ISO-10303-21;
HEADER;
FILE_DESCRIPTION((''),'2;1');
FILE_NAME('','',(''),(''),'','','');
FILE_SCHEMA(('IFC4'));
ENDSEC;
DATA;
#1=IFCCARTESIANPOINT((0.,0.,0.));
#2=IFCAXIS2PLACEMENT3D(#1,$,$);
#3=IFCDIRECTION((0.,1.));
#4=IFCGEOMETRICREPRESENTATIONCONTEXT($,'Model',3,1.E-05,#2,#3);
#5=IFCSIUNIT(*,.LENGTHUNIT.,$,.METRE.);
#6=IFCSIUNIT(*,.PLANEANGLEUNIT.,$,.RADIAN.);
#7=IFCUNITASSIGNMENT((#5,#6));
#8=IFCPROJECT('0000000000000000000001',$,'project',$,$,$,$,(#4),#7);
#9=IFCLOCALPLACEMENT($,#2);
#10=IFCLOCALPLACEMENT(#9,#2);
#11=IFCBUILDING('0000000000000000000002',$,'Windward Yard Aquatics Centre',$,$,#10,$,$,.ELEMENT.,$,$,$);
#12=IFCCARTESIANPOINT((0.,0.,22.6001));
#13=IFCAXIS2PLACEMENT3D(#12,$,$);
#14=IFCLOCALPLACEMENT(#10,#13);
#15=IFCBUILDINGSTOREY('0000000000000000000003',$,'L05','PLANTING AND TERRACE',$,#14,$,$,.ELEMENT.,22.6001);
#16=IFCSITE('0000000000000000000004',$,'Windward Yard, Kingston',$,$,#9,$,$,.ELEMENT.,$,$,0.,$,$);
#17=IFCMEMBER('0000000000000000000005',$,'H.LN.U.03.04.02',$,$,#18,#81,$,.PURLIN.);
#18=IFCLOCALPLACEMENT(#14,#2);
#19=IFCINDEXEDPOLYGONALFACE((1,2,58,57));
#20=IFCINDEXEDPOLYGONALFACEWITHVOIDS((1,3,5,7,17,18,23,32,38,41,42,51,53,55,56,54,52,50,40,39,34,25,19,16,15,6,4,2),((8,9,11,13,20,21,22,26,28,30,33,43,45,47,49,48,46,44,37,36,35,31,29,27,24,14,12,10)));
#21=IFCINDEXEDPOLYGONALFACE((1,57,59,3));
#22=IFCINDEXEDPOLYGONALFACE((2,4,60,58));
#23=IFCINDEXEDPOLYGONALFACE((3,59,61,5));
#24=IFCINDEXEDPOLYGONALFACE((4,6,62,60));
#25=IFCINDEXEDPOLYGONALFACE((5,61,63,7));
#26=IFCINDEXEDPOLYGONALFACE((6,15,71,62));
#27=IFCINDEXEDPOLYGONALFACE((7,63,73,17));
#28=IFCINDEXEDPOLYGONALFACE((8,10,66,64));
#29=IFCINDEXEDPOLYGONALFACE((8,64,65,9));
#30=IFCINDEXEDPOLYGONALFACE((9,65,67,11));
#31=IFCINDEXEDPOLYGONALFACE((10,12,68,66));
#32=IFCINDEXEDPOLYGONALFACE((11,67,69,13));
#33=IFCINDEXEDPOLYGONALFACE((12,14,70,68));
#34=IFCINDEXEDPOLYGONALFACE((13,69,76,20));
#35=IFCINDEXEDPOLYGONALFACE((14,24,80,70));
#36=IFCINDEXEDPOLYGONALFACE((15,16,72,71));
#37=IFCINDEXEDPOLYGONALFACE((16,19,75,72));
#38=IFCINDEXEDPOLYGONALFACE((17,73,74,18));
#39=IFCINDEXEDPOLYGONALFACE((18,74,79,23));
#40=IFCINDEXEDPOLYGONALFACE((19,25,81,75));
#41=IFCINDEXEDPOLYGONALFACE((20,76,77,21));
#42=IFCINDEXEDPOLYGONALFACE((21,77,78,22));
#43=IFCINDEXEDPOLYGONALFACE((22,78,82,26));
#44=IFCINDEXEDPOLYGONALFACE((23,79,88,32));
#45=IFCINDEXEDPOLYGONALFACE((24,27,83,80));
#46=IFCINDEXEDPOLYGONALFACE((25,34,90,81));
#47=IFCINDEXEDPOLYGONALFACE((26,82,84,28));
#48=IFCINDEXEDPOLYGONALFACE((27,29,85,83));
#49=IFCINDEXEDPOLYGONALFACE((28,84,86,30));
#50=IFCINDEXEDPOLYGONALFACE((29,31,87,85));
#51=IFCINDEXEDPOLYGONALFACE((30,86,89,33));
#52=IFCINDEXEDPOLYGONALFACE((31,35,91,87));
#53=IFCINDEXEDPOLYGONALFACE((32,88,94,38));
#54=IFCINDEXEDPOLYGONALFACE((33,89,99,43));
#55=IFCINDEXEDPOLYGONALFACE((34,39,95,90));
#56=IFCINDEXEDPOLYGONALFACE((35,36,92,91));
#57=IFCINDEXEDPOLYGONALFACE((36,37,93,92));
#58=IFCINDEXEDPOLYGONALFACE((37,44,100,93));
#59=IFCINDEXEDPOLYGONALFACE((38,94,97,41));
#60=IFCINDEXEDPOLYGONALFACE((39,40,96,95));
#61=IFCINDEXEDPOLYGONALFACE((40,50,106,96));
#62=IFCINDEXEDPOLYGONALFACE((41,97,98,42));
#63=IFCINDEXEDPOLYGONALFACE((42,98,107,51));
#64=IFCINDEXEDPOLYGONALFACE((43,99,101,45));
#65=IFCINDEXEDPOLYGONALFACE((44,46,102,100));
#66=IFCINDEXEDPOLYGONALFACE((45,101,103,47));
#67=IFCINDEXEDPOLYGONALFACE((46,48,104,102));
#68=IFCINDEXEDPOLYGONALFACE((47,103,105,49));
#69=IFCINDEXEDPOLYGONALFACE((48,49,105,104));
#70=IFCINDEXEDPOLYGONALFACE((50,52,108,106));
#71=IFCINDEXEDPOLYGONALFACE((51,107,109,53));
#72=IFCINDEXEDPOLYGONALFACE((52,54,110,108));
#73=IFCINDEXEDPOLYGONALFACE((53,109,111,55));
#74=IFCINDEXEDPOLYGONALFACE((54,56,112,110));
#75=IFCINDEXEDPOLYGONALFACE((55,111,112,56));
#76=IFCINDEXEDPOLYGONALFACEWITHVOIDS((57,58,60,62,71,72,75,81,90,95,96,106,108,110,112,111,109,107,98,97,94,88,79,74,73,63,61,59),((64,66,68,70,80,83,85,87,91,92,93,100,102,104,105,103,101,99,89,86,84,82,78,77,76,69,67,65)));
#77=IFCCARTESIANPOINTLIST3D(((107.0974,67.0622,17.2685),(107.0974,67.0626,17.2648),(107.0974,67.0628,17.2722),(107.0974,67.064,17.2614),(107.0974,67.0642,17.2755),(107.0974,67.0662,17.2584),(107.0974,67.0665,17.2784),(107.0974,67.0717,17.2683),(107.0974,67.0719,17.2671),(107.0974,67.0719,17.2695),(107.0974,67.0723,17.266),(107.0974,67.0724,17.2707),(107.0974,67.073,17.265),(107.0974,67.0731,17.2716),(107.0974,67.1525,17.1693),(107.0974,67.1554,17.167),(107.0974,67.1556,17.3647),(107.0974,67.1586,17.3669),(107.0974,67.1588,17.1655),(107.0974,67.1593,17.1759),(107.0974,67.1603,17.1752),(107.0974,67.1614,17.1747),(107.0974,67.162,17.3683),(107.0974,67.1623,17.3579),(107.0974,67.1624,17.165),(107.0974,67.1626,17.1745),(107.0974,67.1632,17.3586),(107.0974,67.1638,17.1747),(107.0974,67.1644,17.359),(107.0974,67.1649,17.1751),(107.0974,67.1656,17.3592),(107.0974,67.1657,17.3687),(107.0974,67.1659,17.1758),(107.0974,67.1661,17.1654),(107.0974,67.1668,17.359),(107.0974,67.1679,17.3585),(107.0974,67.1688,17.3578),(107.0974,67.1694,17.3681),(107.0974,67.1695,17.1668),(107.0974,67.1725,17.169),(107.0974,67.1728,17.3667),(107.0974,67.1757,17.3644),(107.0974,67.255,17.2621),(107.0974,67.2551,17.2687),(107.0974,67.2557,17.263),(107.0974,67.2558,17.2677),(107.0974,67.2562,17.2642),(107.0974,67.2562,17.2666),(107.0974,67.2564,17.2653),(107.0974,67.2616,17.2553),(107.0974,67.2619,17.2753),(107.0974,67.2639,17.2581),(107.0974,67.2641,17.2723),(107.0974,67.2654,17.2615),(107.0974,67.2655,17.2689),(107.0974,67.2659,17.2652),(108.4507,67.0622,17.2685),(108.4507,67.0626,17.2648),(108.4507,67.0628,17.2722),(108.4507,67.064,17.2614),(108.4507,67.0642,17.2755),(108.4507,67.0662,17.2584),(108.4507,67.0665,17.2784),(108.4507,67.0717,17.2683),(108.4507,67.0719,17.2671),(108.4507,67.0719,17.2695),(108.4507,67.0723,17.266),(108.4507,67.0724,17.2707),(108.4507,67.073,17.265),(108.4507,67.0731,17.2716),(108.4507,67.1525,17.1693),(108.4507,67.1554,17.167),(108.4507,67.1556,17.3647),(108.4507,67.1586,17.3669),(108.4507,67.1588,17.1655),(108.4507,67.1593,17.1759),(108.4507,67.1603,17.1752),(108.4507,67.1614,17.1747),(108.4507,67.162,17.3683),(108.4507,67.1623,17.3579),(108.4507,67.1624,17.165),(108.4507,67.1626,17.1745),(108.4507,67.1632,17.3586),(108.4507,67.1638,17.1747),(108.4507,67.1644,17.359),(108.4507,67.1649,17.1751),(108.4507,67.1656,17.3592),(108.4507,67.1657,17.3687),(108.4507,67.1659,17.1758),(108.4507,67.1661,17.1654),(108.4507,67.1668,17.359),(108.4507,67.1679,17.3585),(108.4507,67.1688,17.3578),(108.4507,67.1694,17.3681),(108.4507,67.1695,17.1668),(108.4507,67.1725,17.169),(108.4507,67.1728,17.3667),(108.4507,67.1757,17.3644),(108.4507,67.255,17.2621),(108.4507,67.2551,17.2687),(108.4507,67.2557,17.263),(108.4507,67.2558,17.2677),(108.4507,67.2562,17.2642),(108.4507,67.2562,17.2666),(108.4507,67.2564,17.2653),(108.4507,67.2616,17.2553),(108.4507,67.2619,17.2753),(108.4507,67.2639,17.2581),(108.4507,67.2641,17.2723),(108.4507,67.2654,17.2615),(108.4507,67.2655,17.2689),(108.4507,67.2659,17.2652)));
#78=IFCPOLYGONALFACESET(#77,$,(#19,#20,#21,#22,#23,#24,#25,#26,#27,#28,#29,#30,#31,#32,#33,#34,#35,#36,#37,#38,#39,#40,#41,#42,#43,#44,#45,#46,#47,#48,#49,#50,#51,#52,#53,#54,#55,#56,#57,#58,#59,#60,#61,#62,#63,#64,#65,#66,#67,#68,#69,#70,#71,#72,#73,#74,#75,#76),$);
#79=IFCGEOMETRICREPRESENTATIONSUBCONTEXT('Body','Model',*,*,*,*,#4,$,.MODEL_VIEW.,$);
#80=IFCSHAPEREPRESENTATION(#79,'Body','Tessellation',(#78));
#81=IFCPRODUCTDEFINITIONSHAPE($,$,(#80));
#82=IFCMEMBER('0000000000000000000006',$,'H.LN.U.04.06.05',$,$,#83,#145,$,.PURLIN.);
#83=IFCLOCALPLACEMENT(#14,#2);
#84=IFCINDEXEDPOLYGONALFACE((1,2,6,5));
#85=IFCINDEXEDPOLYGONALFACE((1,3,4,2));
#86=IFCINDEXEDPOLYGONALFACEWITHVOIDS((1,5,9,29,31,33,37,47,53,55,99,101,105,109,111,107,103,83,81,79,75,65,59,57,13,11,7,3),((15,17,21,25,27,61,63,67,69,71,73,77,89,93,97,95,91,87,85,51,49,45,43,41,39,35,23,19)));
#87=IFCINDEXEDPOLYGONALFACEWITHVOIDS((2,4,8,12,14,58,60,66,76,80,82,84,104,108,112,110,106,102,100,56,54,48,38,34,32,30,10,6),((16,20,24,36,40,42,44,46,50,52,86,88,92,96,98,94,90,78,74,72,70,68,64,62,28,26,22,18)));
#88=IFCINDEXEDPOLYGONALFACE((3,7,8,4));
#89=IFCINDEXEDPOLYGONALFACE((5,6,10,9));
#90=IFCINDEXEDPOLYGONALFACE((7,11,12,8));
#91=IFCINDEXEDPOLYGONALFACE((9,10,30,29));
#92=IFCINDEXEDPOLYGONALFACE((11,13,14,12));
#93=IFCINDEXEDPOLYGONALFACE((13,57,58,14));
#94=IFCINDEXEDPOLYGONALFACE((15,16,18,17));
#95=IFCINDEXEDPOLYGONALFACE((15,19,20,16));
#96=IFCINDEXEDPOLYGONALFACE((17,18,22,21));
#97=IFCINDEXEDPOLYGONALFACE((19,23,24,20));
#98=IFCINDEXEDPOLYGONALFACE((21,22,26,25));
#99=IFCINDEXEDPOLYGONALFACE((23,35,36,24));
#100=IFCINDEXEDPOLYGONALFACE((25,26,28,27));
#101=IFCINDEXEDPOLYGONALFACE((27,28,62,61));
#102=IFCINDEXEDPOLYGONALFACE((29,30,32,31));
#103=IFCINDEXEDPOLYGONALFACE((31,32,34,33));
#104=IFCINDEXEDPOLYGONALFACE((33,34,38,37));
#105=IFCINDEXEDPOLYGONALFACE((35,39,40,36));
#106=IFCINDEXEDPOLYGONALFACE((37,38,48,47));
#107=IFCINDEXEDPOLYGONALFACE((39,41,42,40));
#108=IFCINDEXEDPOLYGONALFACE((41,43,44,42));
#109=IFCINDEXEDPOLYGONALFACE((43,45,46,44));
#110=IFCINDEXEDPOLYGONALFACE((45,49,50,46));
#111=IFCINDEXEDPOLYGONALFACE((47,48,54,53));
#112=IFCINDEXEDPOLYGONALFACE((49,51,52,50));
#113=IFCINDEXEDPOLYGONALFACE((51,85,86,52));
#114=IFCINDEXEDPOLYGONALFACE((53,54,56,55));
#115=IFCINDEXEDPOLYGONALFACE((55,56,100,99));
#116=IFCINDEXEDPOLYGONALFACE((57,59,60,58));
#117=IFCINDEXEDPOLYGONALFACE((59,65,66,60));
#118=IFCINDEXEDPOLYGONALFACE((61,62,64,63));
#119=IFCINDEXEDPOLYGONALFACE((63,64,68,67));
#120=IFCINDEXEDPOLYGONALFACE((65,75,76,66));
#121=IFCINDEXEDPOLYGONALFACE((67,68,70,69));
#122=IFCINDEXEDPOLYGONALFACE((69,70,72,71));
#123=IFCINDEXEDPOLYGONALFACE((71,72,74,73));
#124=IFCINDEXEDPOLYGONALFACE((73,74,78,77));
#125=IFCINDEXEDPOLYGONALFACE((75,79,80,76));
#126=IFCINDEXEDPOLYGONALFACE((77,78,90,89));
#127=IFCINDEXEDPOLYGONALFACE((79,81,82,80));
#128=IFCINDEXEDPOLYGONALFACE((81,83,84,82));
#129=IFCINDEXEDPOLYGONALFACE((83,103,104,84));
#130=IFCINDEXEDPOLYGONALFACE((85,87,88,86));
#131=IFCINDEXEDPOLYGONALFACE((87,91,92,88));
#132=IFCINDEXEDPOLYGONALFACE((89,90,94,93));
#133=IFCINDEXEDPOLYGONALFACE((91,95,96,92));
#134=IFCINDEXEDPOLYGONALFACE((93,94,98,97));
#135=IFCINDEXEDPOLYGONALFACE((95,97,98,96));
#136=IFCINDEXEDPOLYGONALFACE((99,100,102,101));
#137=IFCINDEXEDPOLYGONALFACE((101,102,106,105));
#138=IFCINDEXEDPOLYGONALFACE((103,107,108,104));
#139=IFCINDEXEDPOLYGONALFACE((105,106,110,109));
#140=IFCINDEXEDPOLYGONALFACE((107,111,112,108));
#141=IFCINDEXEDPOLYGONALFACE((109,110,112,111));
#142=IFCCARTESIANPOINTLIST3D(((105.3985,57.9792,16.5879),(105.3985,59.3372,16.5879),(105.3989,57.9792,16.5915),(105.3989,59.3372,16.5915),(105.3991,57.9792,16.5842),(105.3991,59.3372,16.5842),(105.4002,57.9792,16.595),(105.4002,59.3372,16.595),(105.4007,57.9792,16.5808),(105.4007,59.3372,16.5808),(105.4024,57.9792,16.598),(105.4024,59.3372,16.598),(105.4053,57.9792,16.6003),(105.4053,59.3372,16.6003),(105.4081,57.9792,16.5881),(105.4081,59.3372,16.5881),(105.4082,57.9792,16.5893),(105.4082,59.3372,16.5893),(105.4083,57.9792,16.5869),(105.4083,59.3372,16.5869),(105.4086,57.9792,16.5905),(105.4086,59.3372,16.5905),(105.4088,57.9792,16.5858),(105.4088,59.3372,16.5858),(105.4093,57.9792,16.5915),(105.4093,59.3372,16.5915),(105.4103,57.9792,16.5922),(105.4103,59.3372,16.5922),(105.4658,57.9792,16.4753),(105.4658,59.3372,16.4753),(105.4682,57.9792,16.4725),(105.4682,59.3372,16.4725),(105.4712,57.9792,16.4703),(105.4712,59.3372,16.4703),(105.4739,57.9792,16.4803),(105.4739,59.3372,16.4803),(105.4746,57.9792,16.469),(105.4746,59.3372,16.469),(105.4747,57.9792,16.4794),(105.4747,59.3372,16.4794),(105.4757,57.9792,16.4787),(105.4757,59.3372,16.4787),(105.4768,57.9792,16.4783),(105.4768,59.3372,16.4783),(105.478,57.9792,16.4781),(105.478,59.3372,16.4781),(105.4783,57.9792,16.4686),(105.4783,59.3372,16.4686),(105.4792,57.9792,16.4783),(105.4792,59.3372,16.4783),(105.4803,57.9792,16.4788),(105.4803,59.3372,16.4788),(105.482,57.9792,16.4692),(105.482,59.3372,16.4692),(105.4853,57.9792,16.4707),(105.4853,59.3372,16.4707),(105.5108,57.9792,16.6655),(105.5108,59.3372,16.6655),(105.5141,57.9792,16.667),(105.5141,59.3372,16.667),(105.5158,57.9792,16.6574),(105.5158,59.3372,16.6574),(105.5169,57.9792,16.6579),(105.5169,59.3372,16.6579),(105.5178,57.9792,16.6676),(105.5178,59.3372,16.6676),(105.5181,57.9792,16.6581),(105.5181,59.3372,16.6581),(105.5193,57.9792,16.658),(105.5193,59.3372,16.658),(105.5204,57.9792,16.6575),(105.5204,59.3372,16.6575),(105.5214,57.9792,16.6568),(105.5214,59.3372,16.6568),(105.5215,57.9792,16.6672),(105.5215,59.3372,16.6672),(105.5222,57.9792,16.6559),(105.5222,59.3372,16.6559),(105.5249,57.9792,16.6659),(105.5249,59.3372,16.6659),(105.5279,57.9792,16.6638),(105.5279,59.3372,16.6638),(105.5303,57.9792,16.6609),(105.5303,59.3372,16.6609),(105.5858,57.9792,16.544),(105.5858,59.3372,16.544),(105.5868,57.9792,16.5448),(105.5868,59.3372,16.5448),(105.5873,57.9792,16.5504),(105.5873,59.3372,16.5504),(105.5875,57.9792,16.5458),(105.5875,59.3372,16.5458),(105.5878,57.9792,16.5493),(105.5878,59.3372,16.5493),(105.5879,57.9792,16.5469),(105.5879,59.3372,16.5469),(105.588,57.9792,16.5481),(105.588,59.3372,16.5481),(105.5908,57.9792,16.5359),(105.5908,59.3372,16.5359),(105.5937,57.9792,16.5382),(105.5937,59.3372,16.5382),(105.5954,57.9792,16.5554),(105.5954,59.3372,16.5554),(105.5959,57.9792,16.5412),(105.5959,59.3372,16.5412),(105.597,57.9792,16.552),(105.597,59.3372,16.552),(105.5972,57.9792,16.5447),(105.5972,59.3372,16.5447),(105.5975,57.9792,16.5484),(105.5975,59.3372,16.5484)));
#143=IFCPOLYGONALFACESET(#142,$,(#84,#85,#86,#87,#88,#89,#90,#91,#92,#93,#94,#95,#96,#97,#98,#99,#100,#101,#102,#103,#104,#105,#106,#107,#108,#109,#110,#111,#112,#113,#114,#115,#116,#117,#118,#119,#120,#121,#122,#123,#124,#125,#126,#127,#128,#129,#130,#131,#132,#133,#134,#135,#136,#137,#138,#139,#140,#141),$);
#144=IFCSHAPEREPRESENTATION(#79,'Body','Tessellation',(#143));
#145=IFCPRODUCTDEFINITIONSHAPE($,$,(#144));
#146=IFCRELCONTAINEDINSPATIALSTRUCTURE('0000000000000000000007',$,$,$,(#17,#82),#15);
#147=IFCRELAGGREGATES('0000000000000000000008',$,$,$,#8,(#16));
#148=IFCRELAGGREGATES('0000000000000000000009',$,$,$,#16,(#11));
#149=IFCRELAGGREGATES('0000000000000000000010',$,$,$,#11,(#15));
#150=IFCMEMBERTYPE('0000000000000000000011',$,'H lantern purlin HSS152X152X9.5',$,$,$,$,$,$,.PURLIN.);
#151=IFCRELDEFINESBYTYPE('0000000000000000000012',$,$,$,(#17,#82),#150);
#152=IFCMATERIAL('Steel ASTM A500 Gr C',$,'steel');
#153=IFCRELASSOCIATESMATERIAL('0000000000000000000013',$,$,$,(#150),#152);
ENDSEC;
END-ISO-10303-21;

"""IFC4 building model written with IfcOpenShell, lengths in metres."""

from ifc_helpers import new_model, si_unit, direction, frame, origin, origin_2d, place, context, subcontext, project, spatial, hollow_rectangle, extrude, material, material_profile, profile_set, type_object, element, save


model = new_model("IFC4")

# Units and contexts
model_context = context("Model", 3, precision=1e-05, world=origin(), true_north=direction((0.0, 1.0)))
body_context = subcontext(model_context, "Body", "Model", "MODEL_VIEW")
ifc_project = project(units=[si_unit("LENGTHUNIT", "METRE"), si_unit("PLANEANGLEUNIT", "RADIAN")], contexts=[model_context])

# Site, building, storey
site_placement = place(None, origin())
site = spatial("IfcSite", under=ifc_project, at=site_placement, Name="Windward Yard, Kingston", CompositionType="ELEMENT", RefElevation=0.0)
building_placement = place(site_placement, origin())
building = spatial("IfcBuilding", under=site, at=building_placement, Name="Windward Yard Aquatics Centre", CompositionType="ELEMENT")
storey_placement = place(building_placement, frame((0.0, 0.0, 22.6001)))
storey = spatial("IfcBuildingStorey", under=building, at=storey_placement, Name="L05", Description="PLANTING AND TERRACE", CompositionType="ELEMENT", Elevation=22.6001)

# Members
ifc_material_1 = material(Name="Steel ASTM A500 Gr C", Category="steel")
ifc_material_profile = material_profile(ifc_material_1, hollow_rectangle(XDim=0.1523, YDim=0.1523, WallThickness=0.0095, InnerFilletRadius=0.0046, OuterFilletRadius=0.0142, at=origin_2d()), Name="HSS152X152X9.5")
ifc_profile_set = profile_set([ifc_material_profile], Name="Steel ASTM A500 Gr C")
member_type = type_object("IfcMemberType", Name="H lantern purlin HSS152X152X9.5", PredefinedType="PURLIN", material=ifc_profile_set)
member_1_placement = place(storey_placement, frame((107.0974, 67.1641, 17.2668), z_axis=(1.0, 0.0, 0.0), x_axis=(0.0, 0.69555, -0.718477)))
element("IfcMember", 1, at=member_1_placement, inside=storey, type_object=member_type, Name="H.LN.U.03.04.02", PredefinedType="PURLIN", context=body_context, shape_type="SweptSolid", body=[
    extrude(hollow_rectangle(XDim=0.1523, YDim=0.1523, WallThickness=0.0095, InnerFilletRadius=0.0046, OuterFilletRadius=0.0142, at=origin_2d()), origin(), (0.0, 0.0, 1.0), 1.3533),
])
member_2_placement = place(storey_placement, frame((105.498, 57.9792, 16.5681), z_axis=(0.0, 1.0, 0.0), x_axis=(-0.850755, 0.0, -0.525562)))
element("IfcMember", 2, at=member_2_placement, inside=storey, type_object=member_type, Name="H.LN.U.04.06.05", PredefinedType="PURLIN", context=body_context, shape_type="SweptSolid", body=[
    extrude(hollow_rectangle(XDim=0.1523, YDim=0.1523, WallThickness=0.0095, InnerFilletRadius=0.0046, OuterFilletRadius=0.0142, at=origin_2d()), origin(), (0.0, 0.0, 1.0), 1.3579),
])

save(model, "model.ifc")
